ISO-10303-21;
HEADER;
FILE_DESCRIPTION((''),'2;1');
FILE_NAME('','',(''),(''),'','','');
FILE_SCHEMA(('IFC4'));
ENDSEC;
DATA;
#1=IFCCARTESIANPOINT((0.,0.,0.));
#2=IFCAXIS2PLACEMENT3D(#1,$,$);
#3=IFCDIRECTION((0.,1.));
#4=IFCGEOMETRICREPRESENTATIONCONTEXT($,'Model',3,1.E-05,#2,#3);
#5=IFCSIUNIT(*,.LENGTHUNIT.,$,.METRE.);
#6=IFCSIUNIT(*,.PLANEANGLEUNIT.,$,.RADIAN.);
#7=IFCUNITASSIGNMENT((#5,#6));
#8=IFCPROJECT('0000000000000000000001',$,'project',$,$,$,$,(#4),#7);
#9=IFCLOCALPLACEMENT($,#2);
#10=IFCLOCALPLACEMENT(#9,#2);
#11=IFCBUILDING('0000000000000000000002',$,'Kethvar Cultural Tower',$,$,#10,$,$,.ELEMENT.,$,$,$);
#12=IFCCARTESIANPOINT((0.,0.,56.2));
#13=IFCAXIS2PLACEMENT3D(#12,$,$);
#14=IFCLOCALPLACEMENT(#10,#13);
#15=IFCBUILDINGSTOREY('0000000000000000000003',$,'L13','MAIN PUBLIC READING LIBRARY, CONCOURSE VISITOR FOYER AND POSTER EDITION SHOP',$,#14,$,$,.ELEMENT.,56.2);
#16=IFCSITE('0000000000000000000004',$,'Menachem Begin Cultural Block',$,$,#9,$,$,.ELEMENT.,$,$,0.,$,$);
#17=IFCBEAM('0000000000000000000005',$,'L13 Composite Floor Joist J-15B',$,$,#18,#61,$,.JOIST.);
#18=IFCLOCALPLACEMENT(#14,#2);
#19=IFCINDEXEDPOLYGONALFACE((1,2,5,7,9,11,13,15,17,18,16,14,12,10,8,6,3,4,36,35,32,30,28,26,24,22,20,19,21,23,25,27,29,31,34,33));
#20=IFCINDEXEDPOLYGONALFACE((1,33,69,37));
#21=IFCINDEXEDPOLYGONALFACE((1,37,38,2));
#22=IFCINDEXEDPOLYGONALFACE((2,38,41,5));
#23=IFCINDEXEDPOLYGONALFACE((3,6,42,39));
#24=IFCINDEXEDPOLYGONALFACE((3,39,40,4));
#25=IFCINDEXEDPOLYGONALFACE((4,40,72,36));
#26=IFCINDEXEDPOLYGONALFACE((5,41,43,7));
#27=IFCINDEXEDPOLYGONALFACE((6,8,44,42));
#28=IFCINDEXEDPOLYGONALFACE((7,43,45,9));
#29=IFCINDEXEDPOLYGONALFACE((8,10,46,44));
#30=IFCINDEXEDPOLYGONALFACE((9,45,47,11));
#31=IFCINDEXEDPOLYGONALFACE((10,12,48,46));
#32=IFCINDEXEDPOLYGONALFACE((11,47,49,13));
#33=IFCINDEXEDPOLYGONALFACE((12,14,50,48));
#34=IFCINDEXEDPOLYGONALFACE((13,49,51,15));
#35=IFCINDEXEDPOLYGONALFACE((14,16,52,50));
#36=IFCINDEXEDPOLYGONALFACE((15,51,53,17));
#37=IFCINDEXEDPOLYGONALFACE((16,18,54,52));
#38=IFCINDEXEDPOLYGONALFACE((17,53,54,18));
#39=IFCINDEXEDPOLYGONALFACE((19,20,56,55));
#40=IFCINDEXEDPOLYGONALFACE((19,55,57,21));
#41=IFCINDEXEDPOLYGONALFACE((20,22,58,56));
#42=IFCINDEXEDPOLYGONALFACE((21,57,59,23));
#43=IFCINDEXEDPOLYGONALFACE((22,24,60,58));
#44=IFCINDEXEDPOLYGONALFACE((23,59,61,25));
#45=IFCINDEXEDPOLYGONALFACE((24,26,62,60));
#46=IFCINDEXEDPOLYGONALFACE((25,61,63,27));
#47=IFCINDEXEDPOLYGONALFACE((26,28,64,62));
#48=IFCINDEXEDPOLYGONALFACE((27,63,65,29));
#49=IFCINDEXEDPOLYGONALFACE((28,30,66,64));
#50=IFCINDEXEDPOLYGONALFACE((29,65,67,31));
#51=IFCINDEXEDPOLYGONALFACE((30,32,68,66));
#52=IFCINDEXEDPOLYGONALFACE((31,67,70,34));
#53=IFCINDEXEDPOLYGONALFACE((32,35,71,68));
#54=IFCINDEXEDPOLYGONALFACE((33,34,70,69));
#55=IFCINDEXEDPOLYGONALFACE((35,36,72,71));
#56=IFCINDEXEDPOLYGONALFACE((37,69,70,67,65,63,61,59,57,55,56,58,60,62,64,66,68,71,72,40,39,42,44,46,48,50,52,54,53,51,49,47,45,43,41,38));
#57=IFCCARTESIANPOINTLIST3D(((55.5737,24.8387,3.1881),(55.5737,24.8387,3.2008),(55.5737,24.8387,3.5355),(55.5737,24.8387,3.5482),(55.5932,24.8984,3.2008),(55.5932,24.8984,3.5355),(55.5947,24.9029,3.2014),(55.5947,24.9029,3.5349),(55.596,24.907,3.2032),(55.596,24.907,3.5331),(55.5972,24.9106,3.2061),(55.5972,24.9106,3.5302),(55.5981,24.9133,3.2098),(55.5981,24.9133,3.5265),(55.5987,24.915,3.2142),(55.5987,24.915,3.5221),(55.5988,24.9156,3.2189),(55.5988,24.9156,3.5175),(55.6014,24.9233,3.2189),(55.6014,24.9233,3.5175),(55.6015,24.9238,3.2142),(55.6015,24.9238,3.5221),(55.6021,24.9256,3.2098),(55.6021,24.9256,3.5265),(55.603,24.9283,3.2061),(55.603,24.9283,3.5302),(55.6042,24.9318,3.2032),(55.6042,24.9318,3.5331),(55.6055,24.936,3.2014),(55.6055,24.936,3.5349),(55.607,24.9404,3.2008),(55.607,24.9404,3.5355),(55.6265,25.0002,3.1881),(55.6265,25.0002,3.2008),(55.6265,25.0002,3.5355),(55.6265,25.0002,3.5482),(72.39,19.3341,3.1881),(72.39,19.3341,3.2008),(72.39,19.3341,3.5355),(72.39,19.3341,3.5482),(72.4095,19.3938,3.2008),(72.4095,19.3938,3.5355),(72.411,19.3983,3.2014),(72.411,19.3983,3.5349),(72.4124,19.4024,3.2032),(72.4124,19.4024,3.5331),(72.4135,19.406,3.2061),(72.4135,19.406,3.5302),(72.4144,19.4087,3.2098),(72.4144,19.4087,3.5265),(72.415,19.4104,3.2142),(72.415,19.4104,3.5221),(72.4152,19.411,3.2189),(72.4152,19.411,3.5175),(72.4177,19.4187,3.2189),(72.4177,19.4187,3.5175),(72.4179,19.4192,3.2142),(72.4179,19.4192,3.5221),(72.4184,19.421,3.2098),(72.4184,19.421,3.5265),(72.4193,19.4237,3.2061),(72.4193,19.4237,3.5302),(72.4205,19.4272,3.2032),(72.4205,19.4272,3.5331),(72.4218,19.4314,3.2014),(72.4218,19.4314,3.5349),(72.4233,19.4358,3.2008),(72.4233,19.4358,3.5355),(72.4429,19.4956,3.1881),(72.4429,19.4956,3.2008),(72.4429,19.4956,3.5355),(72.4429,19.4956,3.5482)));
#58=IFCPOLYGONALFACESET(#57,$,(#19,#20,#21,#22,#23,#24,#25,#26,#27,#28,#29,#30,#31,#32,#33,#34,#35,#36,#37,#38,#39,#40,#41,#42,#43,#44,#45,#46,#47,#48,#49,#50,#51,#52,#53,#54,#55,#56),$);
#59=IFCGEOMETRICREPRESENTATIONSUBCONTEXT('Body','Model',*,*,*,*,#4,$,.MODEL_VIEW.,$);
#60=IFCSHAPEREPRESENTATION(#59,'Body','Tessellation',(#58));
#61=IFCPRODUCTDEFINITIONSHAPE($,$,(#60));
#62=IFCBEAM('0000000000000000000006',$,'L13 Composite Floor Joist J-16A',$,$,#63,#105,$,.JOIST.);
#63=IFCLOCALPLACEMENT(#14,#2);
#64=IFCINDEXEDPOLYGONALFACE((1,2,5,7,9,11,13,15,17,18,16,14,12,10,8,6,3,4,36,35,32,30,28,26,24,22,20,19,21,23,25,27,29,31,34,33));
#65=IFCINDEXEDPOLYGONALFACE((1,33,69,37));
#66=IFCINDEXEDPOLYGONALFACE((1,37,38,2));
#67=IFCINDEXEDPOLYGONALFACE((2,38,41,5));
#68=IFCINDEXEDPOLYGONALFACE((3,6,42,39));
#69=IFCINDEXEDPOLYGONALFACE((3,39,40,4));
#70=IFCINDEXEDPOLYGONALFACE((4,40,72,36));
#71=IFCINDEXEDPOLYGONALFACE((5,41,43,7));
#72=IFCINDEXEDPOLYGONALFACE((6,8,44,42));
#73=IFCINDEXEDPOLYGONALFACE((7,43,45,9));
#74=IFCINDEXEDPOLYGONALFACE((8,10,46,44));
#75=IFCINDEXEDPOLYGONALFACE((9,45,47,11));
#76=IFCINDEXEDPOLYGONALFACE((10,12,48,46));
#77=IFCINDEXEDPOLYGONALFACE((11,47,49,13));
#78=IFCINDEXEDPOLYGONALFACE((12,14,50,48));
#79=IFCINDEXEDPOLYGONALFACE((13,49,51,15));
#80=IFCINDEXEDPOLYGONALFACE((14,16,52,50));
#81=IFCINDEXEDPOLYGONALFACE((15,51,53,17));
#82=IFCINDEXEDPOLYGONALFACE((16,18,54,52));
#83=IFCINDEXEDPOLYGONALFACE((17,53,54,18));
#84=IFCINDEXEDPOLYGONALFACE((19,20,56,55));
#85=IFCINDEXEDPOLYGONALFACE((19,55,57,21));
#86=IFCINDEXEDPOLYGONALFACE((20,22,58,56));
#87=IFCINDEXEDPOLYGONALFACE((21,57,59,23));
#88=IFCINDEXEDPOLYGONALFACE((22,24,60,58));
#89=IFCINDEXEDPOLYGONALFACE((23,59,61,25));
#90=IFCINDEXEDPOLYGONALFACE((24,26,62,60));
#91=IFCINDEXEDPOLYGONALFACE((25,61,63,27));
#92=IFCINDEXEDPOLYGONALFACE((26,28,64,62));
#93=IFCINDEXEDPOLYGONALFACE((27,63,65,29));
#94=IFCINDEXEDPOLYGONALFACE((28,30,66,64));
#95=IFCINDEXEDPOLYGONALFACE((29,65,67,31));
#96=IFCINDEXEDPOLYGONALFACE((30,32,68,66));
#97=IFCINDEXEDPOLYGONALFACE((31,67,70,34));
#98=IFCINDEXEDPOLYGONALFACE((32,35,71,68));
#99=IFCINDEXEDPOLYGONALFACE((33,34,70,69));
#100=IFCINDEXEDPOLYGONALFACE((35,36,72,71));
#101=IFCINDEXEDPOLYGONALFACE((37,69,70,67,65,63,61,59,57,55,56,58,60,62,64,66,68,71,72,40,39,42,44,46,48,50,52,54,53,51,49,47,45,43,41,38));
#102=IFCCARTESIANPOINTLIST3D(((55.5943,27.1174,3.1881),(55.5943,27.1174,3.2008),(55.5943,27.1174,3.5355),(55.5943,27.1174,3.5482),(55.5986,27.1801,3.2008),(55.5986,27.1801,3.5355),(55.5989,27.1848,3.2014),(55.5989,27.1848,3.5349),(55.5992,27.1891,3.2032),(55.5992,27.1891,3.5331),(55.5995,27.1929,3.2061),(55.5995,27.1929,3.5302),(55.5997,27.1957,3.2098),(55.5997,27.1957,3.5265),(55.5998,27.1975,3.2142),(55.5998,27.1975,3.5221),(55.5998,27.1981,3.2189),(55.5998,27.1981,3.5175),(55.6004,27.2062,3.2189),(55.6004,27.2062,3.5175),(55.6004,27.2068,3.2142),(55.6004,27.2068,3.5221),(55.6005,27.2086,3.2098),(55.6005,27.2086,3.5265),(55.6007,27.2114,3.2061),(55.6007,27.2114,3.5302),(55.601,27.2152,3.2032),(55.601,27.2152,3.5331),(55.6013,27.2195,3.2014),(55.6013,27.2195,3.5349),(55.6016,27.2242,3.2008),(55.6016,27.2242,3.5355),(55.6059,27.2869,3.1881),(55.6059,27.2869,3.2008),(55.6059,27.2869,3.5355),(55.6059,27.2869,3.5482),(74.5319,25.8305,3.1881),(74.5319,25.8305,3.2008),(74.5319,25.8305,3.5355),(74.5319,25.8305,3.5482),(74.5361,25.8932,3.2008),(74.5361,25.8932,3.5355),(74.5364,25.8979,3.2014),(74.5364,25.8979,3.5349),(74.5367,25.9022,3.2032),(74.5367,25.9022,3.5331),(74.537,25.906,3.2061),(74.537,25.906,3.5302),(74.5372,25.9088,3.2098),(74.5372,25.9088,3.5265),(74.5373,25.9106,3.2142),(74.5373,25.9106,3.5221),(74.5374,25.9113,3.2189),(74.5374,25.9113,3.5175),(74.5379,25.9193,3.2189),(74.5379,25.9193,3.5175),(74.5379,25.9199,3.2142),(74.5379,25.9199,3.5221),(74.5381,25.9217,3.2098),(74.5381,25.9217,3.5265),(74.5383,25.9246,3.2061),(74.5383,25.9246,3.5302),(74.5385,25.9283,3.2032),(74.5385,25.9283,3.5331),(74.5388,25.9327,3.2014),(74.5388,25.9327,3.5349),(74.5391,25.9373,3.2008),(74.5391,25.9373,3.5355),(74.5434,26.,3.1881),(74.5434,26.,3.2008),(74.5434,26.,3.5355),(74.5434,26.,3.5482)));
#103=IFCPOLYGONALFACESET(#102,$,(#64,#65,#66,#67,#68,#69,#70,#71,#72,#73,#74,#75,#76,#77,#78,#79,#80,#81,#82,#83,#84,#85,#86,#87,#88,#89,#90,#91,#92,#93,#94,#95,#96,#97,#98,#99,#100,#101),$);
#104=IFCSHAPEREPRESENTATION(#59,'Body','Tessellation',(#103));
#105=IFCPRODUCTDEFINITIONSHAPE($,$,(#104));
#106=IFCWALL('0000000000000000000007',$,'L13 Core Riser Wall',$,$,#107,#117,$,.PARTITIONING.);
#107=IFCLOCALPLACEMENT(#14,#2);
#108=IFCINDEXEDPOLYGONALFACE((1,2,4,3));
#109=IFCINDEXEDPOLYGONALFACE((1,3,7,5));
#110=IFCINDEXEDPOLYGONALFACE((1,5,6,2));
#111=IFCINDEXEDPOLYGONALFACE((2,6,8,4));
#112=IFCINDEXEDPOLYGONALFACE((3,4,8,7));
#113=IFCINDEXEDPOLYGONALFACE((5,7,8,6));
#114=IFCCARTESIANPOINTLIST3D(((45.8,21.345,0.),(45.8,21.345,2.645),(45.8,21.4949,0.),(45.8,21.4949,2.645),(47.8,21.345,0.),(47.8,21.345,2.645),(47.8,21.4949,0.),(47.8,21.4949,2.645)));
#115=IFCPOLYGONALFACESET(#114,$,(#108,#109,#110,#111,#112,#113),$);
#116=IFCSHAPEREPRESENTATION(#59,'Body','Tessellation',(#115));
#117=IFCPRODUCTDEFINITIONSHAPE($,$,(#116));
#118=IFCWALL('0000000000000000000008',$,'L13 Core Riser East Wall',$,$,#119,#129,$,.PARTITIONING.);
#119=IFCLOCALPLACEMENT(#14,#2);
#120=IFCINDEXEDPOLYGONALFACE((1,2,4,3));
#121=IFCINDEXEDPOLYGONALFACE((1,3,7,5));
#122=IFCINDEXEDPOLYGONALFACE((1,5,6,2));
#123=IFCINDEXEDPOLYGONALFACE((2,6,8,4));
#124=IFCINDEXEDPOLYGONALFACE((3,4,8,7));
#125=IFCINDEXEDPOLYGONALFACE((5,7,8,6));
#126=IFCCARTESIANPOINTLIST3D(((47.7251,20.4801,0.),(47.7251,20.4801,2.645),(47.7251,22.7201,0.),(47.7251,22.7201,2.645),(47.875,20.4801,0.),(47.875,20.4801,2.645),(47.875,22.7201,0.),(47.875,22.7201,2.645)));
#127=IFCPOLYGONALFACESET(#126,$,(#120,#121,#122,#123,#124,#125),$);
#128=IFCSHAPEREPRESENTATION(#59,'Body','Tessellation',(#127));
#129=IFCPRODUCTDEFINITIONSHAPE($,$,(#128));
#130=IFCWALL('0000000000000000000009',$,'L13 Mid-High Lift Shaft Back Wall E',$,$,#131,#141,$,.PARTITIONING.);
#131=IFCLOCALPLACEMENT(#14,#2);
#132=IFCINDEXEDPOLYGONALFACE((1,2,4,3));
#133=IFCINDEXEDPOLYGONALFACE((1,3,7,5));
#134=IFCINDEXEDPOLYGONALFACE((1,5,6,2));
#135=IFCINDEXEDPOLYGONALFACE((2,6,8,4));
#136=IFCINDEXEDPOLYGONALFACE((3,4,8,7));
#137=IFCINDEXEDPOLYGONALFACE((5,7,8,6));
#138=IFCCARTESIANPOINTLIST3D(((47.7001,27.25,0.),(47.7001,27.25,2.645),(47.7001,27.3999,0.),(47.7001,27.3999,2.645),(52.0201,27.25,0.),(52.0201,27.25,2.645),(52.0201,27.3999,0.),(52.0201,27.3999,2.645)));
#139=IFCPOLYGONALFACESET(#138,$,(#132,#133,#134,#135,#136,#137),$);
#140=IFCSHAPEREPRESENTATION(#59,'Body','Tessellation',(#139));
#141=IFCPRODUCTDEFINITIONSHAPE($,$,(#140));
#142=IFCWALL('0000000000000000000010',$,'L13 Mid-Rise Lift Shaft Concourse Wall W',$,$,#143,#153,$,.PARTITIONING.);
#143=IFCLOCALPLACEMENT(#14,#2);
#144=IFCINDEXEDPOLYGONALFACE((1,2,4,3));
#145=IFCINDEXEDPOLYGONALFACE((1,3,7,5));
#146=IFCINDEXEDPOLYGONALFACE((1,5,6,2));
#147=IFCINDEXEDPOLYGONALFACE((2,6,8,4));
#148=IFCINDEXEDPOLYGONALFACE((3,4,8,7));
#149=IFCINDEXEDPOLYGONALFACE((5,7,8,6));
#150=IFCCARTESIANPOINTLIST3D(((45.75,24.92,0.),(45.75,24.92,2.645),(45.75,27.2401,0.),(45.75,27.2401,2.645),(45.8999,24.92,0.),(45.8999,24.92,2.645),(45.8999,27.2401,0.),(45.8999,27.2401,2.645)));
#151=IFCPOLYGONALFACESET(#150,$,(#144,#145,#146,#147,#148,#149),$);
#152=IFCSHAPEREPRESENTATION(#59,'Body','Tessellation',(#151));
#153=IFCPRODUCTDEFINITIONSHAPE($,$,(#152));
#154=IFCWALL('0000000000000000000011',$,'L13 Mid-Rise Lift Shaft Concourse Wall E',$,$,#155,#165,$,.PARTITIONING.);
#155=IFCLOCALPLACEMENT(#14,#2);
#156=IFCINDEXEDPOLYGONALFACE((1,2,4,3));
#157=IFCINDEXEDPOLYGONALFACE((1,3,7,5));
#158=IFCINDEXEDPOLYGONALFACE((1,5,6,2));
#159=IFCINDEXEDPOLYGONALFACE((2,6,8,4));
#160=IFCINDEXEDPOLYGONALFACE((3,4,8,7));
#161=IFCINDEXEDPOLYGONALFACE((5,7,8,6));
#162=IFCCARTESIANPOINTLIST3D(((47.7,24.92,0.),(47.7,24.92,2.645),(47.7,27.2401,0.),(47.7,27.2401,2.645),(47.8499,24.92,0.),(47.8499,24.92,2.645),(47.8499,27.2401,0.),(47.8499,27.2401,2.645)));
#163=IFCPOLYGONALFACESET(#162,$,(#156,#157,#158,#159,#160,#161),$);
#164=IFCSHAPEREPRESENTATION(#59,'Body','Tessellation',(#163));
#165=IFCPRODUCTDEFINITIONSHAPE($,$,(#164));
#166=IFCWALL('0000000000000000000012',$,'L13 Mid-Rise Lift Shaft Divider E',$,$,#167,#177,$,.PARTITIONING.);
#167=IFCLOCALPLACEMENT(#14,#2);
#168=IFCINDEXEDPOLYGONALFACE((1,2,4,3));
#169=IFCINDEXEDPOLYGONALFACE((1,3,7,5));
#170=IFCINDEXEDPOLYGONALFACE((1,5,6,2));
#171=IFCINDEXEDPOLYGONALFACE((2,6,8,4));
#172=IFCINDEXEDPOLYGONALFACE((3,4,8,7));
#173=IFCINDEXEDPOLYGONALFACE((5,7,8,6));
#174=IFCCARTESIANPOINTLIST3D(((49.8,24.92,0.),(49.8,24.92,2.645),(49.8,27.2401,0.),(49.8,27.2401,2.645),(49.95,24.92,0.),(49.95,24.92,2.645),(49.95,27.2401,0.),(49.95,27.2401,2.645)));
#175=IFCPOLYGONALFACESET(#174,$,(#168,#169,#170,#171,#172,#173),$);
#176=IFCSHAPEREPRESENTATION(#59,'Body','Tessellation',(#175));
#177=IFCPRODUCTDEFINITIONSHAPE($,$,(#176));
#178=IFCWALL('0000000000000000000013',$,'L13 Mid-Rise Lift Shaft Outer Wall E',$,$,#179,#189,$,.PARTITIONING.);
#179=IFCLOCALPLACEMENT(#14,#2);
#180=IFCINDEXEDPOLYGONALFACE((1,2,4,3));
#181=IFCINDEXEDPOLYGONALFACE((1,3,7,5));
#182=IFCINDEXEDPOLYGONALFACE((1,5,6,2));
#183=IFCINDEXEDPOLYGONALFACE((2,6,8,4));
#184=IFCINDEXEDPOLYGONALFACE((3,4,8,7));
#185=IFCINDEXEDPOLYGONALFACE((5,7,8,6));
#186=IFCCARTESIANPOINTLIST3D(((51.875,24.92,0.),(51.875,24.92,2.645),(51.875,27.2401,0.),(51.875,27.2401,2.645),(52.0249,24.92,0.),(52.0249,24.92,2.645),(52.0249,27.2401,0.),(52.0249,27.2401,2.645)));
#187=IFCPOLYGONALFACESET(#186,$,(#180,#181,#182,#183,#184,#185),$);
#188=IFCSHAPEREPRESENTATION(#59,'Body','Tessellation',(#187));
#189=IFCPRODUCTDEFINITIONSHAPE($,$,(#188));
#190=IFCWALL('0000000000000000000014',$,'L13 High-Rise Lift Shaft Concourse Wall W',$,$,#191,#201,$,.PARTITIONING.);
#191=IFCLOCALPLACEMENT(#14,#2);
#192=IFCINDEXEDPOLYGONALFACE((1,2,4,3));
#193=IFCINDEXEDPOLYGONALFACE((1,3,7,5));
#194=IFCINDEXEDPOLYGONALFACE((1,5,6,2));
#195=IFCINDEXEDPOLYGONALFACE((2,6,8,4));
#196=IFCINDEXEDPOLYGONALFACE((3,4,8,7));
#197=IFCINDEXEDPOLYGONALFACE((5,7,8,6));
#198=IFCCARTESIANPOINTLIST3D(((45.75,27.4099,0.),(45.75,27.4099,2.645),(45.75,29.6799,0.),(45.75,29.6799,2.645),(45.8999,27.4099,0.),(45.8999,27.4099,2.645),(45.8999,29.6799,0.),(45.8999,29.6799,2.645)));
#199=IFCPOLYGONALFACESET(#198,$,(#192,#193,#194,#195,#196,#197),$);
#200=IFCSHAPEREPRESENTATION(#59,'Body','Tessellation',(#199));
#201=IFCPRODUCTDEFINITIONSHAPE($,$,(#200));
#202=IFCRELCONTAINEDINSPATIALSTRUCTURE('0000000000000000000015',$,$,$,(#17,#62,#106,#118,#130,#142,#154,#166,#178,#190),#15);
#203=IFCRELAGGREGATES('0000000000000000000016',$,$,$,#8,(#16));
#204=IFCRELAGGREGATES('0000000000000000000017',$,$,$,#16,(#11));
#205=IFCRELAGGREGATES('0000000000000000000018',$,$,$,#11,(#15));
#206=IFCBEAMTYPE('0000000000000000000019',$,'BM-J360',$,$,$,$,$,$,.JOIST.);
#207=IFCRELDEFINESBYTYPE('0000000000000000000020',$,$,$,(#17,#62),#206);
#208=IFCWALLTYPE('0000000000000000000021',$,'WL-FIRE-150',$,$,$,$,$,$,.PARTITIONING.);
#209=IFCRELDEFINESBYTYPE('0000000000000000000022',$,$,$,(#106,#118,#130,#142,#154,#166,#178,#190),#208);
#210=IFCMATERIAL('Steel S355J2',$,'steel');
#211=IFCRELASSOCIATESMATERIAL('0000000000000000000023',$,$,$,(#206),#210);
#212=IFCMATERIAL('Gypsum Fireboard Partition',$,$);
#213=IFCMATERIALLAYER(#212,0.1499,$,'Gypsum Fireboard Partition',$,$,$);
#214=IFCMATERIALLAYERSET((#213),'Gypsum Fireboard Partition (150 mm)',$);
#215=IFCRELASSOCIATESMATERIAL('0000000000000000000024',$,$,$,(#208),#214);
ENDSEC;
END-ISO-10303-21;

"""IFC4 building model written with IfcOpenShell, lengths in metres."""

from ifc_helpers import new_model, si_unit, direction, frame, frame_2d, origin, origin_2d, place, context, subcontext, project, spatial, rectangle, i_section, extrude, source, transform, mapped, material, layer, layer_set, material_profile, profile_set, type_object, element, save


model = new_model("IFC4")

# Units and contexts
model_context = context("Model", 3, precision=1e-05, world=origin(), true_north=direction((0.0, 1.0)))
body_context = subcontext(model_context, "Body", "Model", "MODEL_VIEW")
ifc_project = project(units=[si_unit("LENGTHUNIT", "METRE"), si_unit("PLANEANGLEUNIT", "RADIAN")], contexts=[model_context])

# Site, building, storey
site_placement = place(None, origin())
site = spatial("IfcSite", under=ifc_project, at=site_placement, Name="Menachem Begin Cultural Block", CompositionType="ELEMENT", RefElevation=0.0)
building_placement = place(site_placement, origin())
building = spatial("IfcBuilding", under=site, at=building_placement, Name="Kethvar Cultural Tower", CompositionType="ELEMENT")
storey_placement = place(building_placement, frame((0.0, 0.0, 56.2)))
storey = spatial("IfcBuildingStorey", under=building, at=storey_placement, Name="L13", Description="MAIN PUBLIC READING LIBRARY, CONCOURSE VISITOR FOYER AND POSTER EDITION SHOP", CompositionType="ELEMENT", Elevation=56.2)

# Beams
ifc_material_1 = material(Name="Steel S355J2", Category="steel")
ifc_material_profile_1 = material_profile(ifc_material_1, i_section(OverallWidth=0.1699, OverallDepth=0.3601, WebThickness=0.0081, FlangeThickness=0.0127, FilletRadius=0.0181, at=origin_2d()), Name="Steel S355J2 — IPE360")
ifc_profile_set_1 = profile_set([ifc_material_profile_1], Name="Steel S355J2 — IPE360")
beam_type_1 = type_object("IfcBeamType", Name="BM-J360", PredefinedType="JOIST", material=ifc_profile_set_1)
shared_shape_1 = source(origin(), body_context, "Body", "SweptSolid", [
    extrude(i_section(OverallWidth=0.1699, OverallDepth=0.3601, WebThickness=0.0081, FlangeThickness=0.0127, FilletRadius=0.0181, at=origin_2d()), origin(), (0.0, 0.0, 1.0), 17.6943),
])
beam_1_placement = place(storey_placement, frame((55.6001, 24.9194, 3.3682), z_axis=(0.950379, -0.311095, 0.0), x_axis=(0.311095, 0.950379, 0.0)))
element("IfcBeam", 1, at=beam_1_placement, inside=storey, type_object=beam_type_1, Name="L13 Composite Floor Joist J-15B", PredefinedType="JOIST", context=body_context, shape_type="MappedRepresentation", body=[
    mapped(shared_shape_1, transform((0.0, 0.0, 0.0), scale=1.0)),
])
shared_shape_2 = source(origin(), body_context, "Body", "SweptSolid", [
    extrude(i_section(OverallWidth=0.1699, OverallDepth=0.3601, WebThickness=0.0081, FlangeThickness=0.0127, FilletRadius=0.0181, at=origin_2d()), origin(), (0.0, 0.0, 1.0), 18.9812),
])
beam_2_placement = place(storey_placement, frame((55.6001, 27.2021, 3.3682), z_axis=(0.997699, -0.067797, 0.0), x_axis=(0.067797, 0.997699, 0.0)))
element("IfcBeam", 2, at=beam_2_placement, inside=storey, type_object=beam_type_1, Name="L13 Composite Floor Joist J-16A", PredefinedType="JOIST", context=body_context, shape_type="MappedRepresentation", body=[
    mapped(shared_shape_2, transform((0.0, 0.0, 0.0), scale=1.0)),
])

# Walls
ifc_material_2 = material(Name="Gypsum Fireboard Partition")
ifc_layer_1 = layer(ifc_material_2, 0.1499, Name="Gypsum Fireboard Partition")
ifc_layer_set_1 = layer_set([ifc_layer_1], Name="Gypsum Fireboard Partition (150 mm)")
wall_type_1 = type_object("IfcWallType", Name="WL-FIRE-150", PredefinedType="PARTITIONING", material=ifc_layer_set_1)
wall_1_placement = place(storey_placement, frame((45.8, 21.4199, 0.0), z_axis=(0.0, 0.0, 1.0), x_axis=(1.0, 0.0, 0.0)))
element("IfcWall", 3, at=wall_1_placement, inside=storey, type_object=wall_type_1, Name="L13 Core Riser Wall", PredefinedType="PARTITIONING", context=body_context, shape_type="SweptSolid", body=[
    extrude(rectangle(XDim=2.0, YDim=0.1499, at=frame_2d((1.0, 0.0))), origin(), (0.0, 0.0, 1.0), 2.645),
])
wall_2_placement = place(storey_placement, frame((47.8, 20.48, 0.0), z_axis=(0.0, 0.0, 1.0), x_axis=(0.0, 1.0, 0.0)))
element("IfcWall", 4, at=wall_2_placement, inside=storey, type_object=wall_type_1, Name="L13 Core Riser East Wall", PredefinedType="PARTITIONING", context=body_context, shape_type="SweptSolid", body=[
    extrude(rectangle(XDim=2.24, YDim=0.1499, at=frame_2d((1.1201, 0.0))), origin(), (0.0, 0.0, 1.0), 2.645),
])
wall_3_placement = place(storey_placement, frame((47.7, 27.325, 0.0), z_axis=(0.0, 0.0, 1.0), x_axis=(1.0, 0.0, 0.0)))
element("IfcWall", 5, at=wall_3_placement, inside=storey, type_object=wall_type_1, Name="L13 Mid-High Lift Shaft Back Wall E", PredefinedType="PARTITIONING", context=body_context, shape_type="SweptSolid", body=[
    extrude(rectangle(XDim=4.3201, YDim=0.1499, at=frame_2d((2.1602, 0.0))), origin(), (0.0, 0.0, 1.0), 2.645),
])
for number, where, z_axis, x_axis, name in (
    (6, (45.825, 24.9199, 0.0), (0.0, 0.0, 1.0), (0.0, 1.0, 0.0), "L13 Mid-Rise Lift Shaft Concourse Wall W"),
    (7, (47.7749, 24.9199, 0.0), (0.0, 0.0, 1.0), (0.0, 1.0, 0.0), "L13 Mid-Rise Lift Shaft Concourse Wall E"),
    (8, (49.875, 24.9199, 0.0), (0.0, 0.0, 1.0), (0.0, 1.0, 0.0), "L13 Mid-Rise Lift Shaft Divider E"),
    (9, (51.95, 24.9199, 0.0), (0.0, 0.0, 1.0), (0.0, 1.0, 0.0), "L13 Mid-Rise Lift Shaft Outer Wall E"),
):
    element("IfcWall", number, at=place(storey_placement, frame(where, z_axis=z_axis, x_axis=x_axis)), inside=storey, type_object=wall_type_1, Name=name, PredefinedType="PARTITIONING", context=body_context, shape_type="SweptSolid", body=[
        extrude(rectangle(XDim=2.3201, YDim=0.1499, at=frame_2d((1.1602, 0.0))), origin(), (0.0, 0.0, 1.0), 2.645),
    ])
for number, where, z_axis, x_axis, name in (
    (10, (45.825, 27.4099, 0.0), (0.0, 0.0, 1.0), (0.0, 1.0, 0.0), "L13 High-Rise Lift Shaft Concourse Wall W"),
):
    element("IfcWall", number, at=place(storey_placement, frame(where, z_axis=z_axis, x_axis=x_axis)), inside=storey, type_object=wall_type_1, Name=name, PredefinedType="PARTITIONING", context=body_context, shape_type="SweptSolid", body=[
        extrude(rectangle(XDim=2.27, YDim=0.1499, at=frame_2d((1.135, 0.0))), origin(), (0.0, 0.0, 1.0), 2.645),
    ])

save(model, "model.ifc")
